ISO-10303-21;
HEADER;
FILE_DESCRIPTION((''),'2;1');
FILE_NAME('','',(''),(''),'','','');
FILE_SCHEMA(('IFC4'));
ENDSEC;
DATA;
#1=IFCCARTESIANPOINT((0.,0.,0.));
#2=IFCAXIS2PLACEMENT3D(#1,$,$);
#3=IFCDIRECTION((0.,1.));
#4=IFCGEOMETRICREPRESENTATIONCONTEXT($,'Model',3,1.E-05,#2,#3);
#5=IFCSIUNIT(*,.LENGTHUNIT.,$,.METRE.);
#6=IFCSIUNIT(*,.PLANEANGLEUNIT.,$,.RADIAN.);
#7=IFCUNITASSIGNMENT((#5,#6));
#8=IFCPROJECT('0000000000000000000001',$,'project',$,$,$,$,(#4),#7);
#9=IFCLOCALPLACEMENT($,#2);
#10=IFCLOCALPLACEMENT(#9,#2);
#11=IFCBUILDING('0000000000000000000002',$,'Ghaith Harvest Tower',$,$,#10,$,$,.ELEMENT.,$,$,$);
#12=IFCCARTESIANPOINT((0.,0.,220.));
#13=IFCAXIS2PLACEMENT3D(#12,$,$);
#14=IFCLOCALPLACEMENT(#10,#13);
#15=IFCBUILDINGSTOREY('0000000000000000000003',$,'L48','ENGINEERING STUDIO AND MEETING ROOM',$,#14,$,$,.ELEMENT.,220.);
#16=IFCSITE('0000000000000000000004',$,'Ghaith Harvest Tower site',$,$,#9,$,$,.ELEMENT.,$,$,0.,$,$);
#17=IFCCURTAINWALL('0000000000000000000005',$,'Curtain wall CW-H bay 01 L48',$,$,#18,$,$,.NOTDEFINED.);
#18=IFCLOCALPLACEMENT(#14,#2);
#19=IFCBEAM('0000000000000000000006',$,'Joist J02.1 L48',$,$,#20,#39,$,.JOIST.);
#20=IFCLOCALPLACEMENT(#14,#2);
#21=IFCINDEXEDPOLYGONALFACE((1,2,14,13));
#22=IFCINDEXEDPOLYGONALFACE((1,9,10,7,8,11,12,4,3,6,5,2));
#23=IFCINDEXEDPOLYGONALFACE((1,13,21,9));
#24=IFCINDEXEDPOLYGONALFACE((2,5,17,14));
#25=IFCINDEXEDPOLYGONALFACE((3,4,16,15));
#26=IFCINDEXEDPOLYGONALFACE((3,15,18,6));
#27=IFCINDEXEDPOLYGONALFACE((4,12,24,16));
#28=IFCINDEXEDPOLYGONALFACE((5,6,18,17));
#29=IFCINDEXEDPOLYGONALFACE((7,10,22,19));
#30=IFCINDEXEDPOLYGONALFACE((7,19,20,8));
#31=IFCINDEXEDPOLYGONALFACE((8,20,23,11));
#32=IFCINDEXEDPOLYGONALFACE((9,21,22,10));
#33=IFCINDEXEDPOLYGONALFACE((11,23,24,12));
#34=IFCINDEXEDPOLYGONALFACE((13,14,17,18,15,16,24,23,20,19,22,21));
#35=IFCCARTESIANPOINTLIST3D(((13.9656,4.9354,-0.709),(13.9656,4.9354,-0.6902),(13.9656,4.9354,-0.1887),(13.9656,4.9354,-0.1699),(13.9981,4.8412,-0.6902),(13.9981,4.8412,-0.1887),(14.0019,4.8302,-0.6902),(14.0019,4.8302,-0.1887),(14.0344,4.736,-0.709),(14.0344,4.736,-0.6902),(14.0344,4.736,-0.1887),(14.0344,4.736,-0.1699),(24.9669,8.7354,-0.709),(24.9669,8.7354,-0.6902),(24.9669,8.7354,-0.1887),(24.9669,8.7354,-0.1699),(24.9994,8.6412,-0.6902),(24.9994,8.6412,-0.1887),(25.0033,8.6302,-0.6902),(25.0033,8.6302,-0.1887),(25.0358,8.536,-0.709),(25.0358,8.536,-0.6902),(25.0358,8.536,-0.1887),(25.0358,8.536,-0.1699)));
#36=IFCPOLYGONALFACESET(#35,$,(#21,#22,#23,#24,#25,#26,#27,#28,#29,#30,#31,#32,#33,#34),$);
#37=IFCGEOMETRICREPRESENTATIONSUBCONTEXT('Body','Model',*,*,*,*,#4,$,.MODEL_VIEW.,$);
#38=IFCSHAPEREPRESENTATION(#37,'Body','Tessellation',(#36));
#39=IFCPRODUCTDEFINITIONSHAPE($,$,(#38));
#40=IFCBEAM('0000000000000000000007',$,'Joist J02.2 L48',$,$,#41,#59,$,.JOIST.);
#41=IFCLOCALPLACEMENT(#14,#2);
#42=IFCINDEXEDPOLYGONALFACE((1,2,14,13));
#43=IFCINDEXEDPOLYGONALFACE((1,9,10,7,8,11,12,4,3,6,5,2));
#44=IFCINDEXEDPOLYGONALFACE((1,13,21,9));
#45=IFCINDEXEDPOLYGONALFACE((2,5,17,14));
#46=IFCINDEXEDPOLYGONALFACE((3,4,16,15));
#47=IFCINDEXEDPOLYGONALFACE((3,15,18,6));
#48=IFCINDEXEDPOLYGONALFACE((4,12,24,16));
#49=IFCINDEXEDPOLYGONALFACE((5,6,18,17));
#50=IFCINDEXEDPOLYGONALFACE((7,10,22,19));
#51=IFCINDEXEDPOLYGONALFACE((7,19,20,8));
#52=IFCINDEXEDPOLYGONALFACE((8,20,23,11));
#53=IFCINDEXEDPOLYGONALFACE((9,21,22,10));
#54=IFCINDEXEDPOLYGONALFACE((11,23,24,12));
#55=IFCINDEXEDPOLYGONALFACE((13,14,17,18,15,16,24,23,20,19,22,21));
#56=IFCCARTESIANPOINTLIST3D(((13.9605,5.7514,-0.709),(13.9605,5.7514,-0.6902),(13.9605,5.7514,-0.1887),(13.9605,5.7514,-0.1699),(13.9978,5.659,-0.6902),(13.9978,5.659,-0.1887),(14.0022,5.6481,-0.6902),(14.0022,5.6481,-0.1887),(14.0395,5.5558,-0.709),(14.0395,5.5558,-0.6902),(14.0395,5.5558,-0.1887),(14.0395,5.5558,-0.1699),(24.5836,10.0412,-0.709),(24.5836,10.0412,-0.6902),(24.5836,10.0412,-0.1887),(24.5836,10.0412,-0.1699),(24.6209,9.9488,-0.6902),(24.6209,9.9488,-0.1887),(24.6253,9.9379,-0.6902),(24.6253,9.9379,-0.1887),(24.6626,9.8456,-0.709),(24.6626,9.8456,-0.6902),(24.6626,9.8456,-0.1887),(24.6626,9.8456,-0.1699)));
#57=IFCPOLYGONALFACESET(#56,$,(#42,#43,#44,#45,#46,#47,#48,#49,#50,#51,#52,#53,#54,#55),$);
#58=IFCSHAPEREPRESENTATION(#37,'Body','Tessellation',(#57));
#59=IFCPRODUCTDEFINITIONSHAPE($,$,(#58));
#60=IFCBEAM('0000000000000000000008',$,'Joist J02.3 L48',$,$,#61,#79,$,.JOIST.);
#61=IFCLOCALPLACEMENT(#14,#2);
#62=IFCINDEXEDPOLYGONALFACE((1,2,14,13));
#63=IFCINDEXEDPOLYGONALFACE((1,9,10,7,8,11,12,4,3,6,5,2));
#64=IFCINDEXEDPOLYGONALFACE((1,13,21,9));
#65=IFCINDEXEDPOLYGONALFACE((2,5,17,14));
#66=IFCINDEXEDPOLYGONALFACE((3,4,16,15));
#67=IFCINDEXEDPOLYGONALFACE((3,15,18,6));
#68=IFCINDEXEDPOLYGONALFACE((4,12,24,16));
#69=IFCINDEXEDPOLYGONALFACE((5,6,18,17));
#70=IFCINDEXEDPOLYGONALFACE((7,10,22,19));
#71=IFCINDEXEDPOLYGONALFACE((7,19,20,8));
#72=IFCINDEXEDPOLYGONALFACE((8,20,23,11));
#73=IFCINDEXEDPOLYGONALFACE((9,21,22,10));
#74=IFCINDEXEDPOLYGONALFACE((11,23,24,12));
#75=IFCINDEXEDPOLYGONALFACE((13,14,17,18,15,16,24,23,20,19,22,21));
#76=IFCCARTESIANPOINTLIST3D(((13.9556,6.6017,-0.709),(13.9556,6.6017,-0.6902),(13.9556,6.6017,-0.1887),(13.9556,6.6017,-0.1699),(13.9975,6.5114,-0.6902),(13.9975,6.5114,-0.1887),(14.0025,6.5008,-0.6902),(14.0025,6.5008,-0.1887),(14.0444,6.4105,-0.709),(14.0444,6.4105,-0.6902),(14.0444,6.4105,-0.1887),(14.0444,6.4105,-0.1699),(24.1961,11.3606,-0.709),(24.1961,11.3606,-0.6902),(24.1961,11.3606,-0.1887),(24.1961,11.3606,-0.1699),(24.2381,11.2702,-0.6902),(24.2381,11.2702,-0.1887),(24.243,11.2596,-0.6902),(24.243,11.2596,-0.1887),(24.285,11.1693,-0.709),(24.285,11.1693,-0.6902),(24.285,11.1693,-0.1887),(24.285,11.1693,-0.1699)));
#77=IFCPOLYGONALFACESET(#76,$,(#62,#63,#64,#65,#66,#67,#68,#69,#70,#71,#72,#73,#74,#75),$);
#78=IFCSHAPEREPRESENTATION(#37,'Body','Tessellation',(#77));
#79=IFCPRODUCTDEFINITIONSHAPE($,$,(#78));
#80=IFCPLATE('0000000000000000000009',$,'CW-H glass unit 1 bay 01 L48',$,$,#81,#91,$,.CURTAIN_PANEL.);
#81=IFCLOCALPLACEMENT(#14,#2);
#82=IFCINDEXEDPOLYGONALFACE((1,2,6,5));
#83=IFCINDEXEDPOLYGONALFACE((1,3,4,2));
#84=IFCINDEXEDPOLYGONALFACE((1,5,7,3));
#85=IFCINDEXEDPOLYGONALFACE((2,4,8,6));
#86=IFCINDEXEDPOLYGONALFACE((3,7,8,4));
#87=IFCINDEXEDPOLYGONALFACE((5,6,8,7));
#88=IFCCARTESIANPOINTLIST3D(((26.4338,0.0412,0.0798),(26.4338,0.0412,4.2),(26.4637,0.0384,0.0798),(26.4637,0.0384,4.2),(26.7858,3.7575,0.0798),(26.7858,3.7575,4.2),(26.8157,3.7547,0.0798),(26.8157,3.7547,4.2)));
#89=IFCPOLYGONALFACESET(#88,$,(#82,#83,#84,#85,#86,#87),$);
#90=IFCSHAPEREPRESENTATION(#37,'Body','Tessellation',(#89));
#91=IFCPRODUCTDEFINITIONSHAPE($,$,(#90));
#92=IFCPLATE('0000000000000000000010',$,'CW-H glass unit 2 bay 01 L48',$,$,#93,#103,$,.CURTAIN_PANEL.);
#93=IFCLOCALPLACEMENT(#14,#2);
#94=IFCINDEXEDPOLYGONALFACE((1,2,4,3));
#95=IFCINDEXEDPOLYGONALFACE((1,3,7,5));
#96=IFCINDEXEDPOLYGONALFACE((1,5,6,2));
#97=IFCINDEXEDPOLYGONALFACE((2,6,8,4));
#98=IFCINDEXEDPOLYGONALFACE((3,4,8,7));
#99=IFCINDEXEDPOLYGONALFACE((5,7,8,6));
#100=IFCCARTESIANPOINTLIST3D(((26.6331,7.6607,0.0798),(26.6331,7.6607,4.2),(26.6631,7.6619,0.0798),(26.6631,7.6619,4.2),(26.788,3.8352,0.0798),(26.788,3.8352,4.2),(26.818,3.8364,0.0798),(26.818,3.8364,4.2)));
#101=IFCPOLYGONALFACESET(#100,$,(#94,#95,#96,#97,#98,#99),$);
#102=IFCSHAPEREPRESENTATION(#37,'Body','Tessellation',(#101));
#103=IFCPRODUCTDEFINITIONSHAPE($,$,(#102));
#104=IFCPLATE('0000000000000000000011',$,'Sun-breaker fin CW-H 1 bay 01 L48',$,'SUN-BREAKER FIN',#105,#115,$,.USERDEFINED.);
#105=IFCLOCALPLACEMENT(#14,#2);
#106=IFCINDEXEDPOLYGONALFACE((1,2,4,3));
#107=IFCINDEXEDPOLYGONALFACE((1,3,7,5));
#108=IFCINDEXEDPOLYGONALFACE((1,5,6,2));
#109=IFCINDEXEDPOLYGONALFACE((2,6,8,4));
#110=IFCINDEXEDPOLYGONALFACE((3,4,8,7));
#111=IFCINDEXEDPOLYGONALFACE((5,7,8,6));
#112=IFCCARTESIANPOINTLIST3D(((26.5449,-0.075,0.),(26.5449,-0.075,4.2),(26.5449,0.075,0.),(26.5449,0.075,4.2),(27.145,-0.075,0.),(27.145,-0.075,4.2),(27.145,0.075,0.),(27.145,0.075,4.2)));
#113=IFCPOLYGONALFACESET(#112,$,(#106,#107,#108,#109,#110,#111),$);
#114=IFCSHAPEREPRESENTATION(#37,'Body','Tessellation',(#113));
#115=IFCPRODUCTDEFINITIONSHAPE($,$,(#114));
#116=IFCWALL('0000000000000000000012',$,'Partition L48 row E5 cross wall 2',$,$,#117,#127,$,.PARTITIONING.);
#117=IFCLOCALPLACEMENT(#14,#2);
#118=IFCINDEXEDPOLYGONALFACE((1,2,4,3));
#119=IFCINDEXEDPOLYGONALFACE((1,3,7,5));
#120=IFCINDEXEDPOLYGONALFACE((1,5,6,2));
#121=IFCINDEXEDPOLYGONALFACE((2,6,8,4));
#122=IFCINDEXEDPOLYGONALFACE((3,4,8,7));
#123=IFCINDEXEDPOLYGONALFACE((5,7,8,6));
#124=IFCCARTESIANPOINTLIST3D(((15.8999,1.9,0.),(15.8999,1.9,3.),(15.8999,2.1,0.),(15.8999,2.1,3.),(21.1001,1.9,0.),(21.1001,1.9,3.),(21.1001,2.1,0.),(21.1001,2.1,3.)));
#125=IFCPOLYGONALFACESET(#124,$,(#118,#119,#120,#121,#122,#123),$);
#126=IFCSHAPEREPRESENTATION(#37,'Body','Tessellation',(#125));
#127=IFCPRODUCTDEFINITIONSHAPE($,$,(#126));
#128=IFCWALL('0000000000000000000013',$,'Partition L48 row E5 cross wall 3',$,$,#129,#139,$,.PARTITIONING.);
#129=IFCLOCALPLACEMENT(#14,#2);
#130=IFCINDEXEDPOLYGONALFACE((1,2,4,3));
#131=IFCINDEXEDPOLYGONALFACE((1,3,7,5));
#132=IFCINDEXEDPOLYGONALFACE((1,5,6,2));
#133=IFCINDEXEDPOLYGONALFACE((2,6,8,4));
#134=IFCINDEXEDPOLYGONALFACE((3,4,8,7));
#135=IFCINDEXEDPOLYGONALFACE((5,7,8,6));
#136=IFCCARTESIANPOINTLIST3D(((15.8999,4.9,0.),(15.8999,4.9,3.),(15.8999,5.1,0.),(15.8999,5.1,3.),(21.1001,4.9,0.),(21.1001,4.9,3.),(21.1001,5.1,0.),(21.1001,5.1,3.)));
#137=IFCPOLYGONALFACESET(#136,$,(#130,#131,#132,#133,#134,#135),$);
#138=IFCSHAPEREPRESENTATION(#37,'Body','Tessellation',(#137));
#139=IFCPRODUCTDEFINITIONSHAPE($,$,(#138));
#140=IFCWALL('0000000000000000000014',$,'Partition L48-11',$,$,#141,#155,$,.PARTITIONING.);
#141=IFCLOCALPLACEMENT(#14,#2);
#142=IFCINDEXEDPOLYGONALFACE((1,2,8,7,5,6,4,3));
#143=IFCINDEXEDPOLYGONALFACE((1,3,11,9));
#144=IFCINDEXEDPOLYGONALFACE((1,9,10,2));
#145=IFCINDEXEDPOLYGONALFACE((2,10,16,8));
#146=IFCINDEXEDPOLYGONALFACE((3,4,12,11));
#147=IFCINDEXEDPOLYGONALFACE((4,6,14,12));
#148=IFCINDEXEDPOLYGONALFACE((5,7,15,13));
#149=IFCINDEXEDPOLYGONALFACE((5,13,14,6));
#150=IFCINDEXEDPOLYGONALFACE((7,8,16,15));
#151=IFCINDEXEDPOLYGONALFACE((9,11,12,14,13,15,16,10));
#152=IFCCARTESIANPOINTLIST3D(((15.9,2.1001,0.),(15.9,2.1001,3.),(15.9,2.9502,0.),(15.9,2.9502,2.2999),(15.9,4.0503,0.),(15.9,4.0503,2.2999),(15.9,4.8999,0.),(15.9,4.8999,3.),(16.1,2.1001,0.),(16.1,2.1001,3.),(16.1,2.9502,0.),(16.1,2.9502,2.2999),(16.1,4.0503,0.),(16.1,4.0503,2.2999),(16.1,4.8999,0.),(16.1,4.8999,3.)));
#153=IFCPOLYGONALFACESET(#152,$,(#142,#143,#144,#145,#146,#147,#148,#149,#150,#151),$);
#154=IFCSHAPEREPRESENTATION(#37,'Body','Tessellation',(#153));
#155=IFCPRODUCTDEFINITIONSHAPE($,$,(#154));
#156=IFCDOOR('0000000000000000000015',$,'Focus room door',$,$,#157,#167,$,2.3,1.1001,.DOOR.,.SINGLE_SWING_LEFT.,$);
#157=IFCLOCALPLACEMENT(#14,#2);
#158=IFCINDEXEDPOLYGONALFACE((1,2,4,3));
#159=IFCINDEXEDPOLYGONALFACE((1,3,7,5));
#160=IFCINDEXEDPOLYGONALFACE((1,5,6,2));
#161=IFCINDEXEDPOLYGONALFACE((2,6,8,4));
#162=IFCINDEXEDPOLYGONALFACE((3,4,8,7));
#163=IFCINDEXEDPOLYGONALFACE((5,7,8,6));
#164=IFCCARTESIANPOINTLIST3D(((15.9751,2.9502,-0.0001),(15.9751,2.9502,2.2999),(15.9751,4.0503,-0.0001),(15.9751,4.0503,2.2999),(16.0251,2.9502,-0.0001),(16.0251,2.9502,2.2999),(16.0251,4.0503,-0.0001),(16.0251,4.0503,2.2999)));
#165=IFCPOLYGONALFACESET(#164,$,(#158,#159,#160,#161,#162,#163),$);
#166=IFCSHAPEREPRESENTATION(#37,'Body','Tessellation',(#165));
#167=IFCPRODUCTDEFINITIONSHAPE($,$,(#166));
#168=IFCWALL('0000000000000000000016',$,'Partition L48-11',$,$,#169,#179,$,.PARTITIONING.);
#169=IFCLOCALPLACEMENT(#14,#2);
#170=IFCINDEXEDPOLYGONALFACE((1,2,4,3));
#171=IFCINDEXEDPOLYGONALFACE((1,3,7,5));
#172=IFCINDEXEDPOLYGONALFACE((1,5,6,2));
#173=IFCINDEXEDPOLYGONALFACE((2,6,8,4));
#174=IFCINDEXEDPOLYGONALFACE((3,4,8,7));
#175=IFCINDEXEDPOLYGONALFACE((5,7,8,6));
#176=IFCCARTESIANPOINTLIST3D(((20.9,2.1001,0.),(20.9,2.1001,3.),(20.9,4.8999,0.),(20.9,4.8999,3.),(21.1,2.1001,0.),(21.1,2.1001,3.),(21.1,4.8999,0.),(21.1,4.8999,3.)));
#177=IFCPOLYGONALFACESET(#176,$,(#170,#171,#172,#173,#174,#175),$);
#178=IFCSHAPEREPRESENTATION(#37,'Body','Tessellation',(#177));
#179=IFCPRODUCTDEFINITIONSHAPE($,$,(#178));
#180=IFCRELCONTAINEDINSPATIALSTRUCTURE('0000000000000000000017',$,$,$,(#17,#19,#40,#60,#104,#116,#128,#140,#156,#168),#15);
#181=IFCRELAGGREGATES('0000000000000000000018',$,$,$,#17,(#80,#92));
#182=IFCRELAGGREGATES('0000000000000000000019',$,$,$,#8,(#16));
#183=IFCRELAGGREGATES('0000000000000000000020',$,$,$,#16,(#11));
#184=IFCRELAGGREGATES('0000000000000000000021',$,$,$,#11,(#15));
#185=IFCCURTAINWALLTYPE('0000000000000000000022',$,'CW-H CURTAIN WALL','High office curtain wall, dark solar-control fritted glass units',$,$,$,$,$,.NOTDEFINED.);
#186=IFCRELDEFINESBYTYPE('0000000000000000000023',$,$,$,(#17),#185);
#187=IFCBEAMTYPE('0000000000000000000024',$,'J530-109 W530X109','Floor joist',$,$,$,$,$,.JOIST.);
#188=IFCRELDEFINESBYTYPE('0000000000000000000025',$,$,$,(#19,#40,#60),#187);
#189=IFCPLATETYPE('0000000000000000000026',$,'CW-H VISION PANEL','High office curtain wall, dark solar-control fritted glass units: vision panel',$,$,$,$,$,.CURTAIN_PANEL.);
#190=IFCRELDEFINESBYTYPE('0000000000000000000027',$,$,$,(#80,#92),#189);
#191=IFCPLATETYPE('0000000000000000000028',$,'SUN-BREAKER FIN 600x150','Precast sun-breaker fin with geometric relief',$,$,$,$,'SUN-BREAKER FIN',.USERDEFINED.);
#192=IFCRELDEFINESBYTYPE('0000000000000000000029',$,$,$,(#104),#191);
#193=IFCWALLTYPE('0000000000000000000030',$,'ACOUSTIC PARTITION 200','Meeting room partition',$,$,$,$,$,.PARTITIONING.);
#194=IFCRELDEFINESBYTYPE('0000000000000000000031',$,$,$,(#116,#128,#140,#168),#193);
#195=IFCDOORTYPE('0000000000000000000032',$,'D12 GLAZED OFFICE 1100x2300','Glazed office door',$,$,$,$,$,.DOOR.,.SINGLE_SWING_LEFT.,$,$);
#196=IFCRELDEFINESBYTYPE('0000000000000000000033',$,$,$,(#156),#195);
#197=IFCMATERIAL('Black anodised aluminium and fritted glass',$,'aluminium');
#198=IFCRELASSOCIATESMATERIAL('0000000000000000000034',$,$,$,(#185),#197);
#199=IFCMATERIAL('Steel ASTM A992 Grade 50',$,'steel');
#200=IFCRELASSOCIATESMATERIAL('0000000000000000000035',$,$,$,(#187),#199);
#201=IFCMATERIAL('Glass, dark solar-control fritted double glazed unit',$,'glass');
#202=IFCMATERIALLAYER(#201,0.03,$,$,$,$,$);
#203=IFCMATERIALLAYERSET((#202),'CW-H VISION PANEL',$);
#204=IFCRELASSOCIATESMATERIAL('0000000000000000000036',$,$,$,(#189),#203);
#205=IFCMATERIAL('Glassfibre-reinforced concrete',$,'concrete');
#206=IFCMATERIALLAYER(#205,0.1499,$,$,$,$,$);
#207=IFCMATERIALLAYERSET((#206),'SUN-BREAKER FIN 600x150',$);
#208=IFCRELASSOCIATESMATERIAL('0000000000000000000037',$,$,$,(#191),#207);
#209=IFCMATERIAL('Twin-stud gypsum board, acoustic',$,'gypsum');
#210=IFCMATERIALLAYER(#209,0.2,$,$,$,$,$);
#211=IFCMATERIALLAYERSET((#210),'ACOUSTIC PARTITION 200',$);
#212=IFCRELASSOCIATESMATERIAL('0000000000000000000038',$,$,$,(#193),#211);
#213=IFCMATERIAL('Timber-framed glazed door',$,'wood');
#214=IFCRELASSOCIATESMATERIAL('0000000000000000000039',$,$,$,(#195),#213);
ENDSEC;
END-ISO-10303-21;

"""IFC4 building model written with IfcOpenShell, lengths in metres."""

from ifc_helpers import new_model, si_unit, direction, frame, frame_2d, origin, origin_2d, place, context, subcontext, project, spatial, rectangle, i_section, extrude, material, layer, layer_set, material_profile, profile_set, type_object, element, fill, aggregate, save


model = new_model("IFC4")

# Units and contexts
model_context = context("Model", 3, precision=1e-05, world=origin(), true_north=direction((0.0, 1.0)))
body_context = subcontext(model_context, "Body", "Model", "MODEL_VIEW")
ifc_project = project(units=[si_unit("LENGTHUNIT", "METRE"), si_unit("PLANEANGLEUNIT", "RADIAN")], contexts=[model_context])

# Site, building, storey
site_placement = place(None, origin())
site = spatial("IfcSite", under=ifc_project, at=site_placement, Name="Ghaith Harvest Tower site", CompositionType="ELEMENT", RefElevation=0.0)
building_placement = place(site_placement, origin())
building = spatial("IfcBuilding", under=site, at=building_placement, Name="Ghaith Harvest Tower", CompositionType="ELEMENT")
storey_placement = place(building_placement, frame((0.0, 0.0, 220.0)))
storey = spatial("IfcBuildingStorey", under=building, at=storey_placement, Name="L48", Description="ENGINEERING STUDIO AND MEETING ROOM", CompositionType="ELEMENT", Elevation=220.0)

# Curtain wall
ifc_material_1 = material(Name="Black anodised aluminium and fritted glass", Category="aluminium")
curtain_wall_type = type_object("IfcCurtainWallType", Name="CW-H CURTAIN WALL", Description="High office curtain wall, dark solar-control fritted glass units", PredefinedType="NOTDEFINED", material=ifc_material_1)
curtain_wall_1_placement = place(storey_placement, origin())
curtain_wall_1 = element("IfcCurtainWall", 1, at=curtain_wall_1_placement, inside=storey, type_object=curtain_wall_type, Name="Curtain wall CW-H bay 01 L48", PredefinedType="NOTDEFINED")

# Beams
ifc_material_2 = material(Name="Steel ASTM A992 Grade 50", Category="steel")
ifc_material_profile_1 = material_profile(ifc_material_2, i_section(OverallWidth=0.2109, OverallDepth=0.5391, WebThickness=0.0117, FlangeThickness=0.0188, at=origin_2d()), Name="W530X109")
ifc_profile_set_1 = profile_set([ifc_material_profile_1], Name="Steel ASTM A992 Grade 50")
beam_type_1 = type_object("IfcBeamType", Name="J530-109 W530X109", Description="Floor joist", PredefinedType="JOIST", material=ifc_profile_set_1)
beam_1_placement = place(storey_placement, frame((14.0, 4.8357, -0.4395), z_axis=(0.945202, 0.326485, 0.0), x_axis=(-0.326485, 0.945202, 0.0)))
element("IfcBeam", 2, at=beam_1_placement, inside=storey, type_object=beam_type_1, Name="Joist J02.1 L48", PredefinedType="JOIST", context=body_context, shape_type="SweptSolid", body=[
    extrude(i_section(OverallWidth=0.2109, OverallDepth=0.5391, WebThickness=0.0117, FlangeThickness=0.0188, at=origin_2d()), origin(), (0.0, 0.0, 1.0), 11.6392),
])
beam_2_placement = place(storey_placement, frame((14.0, 5.6536, -0.4395), z_axis=(0.92725, 0.374442, 0.0), x_axis=(-0.374442, 0.92725, 0.0)))
element("IfcBeam", 3, at=beam_2_placement, inside=storey, type_object=beam_type_1, Name="Joist J02.2 L48", PredefinedType="JOIST", context=body_context, shape_type="SweptSolid", body=[
    extrude(i_section(OverallWidth=0.2109, OverallDepth=0.5391, WebThickness=0.0117, FlangeThickness=0.0188, at=origin_2d()), origin(), (0.0, 0.0, 1.0), 11.4565),
])
beam_3_placement = place(storey_placement, frame((14.0, 6.5061, -0.4395), z_axis=(0.906864, 0.421423, 0.0), x_axis=(-0.421423, 0.906864, 0.0)))
element("IfcBeam", 4, at=beam_3_placement, inside=storey, type_object=beam_type_1, Name="Joist J02.3 L48", PredefinedType="JOIST", context=body_context, shape_type="SweptSolid", body=[
    extrude(i_section(OverallWidth=0.2109, OverallDepth=0.5391, WebThickness=0.0117, FlangeThickness=0.0188, at=origin_2d()), origin(), (0.0, 0.0, 1.0), 11.2922),
])

# Plates
ifc_material_3 = material(Name="Glass, dark solar-control fritted double glazed unit", Category="glass")
ifc_layer_1 = layer(ifc_material_3, 0.03)
ifc_layer_set_1 = layer_set([ifc_layer_1], Name="CW-H VISION PANEL")
plate_type_1 = type_object("IfcPlateType", Name="CW-H VISION PANEL", Description="High office curtain wall, dark solar-control fritted glass units: vision panel", PredefinedType="CURTAIN_PANEL", material=ifc_layer_set_1)
plate_1_placement = place(storey_placement, frame((26.6248, 1.8979, 0.0798), z_axis=(0.0, 0.0, 1.0), x_axis=(0.094302, 0.995544, 0.0)))
plate_1 = element("IfcPlate", 5, at=plate_1_placement, type_object=plate_type_1, Name="CW-H glass unit 1 bay 01 L48", PredefinedType="CURTAIN_PANEL", context=body_context, shape_type="SweptSolid", body=[
    extrude(rectangle(XDim=3.7329, YDim=0.03, at=origin_2d()), origin(), (0.0, 0.0, 1.0), 4.1201),
])
plate_2_placement = place(storey_placement, frame((26.7256, 5.7485, 0.0798), z_axis=(0.0, 0.0, 1.0), x_axis=(-0.040462, 0.999181, 0.0)))
plate_2 = element("IfcPlate", 6, at=plate_2_placement, type_object=plate_type_1, Name="CW-H glass unit 2 bay 01 L48", PredefinedType="CURTAIN_PANEL", context=body_context, shape_type="SweptSolid", body=[
    extrude(rectangle(XDim=3.8286, YDim=0.03, at=origin_2d()), origin(), (0.0, 0.0, 1.0), 4.1201),
])
aggregate(curtain_wall_1, [plate_1, plate_2])
ifc_material_4 = material(Name="Glassfibre-reinforced concrete", Category="concrete")
ifc_layer_2 = layer(ifc_material_4, 0.1499)
ifc_layer_set_2 = layer_set([ifc_layer_2], Name="SUN-BREAKER FIN 600x150")
plate_type_2 = type_object("IfcPlateType", Name="SUN-BREAKER FIN 600x150", Description="Precast sun-breaker fin with geometric relief", ElementType="SUN-BREAKER FIN", PredefinedType="USERDEFINED", material=ifc_layer_set_2)
plate_3_placement = place(storey_placement, frame((26.845, 0.0, 0.0), z_axis=(0.0, 0.0, 1.0), x_axis=(1.0, 0.0, 0.0)))
element("IfcPlate", 7, at=plate_3_placement, inside=storey, type_object=plate_type_2, Name="Sun-breaker fin CW-H 1 bay 01 L48", ObjectType="SUN-BREAKER FIN", PredefinedType="USERDEFINED", context=body_context, shape_type="SweptSolid", body=[
    extrude(rectangle(XDim=0.6001, YDim=0.1499, at=origin_2d()), origin(), (0.0, 0.0, 1.0), 4.2),
])

# Walls
ifc_material_5 = material(Name="Twin-stud gypsum board, acoustic", Category="gypsum")
ifc_layer_3 = layer(ifc_material_5, 0.2)
ifc_layer_set_3 = layer_set([ifc_layer_3], Name="ACOUSTIC PARTITION 200")
wall_type_1 = type_object("IfcWallType", Name="ACOUSTIC PARTITION 200", Description="Meeting room partition", PredefinedType="PARTITIONING", material=ifc_layer_set_3)
for number, where, z_axis, x_axis, name in (
    (8, (15.8999, 2.0, 0.0), (0.0, 0.0, 1.0), (1.0, 0.0, 0.0), "Partition L48 row E5 cross wall 2"),
    (9, (15.8999, 5.0, 0.0), (0.0, 0.0, 1.0), (1.0, 0.0, 0.0), "Partition L48 row E5 cross wall 3"),
):
    element("IfcWall", number, at=place(storey_placement, frame(where, z_axis=z_axis, x_axis=x_axis)), inside=storey, type_object=wall_type_1, Name=name, PredefinedType="PARTITIONING", context=body_context, shape_type="SweptSolid", body=[
        extrude(rectangle(XDim=5.2002, YDim=0.2, at=frame_2d((2.6001, 0.0))), origin(), (0.0, 0.0, 1.0), 3.0),
    ])

# Wall, opening, door
wall_1_placement = place(storey_placement, frame((16.0, 2.1001, 0.0), z_axis=(0.0, 0.0, 1.0), x_axis=(0.0, 1.0, 0.0)))
wall_1 = element("IfcWall", 10, at=wall_1_placement, inside=storey, type_object=wall_type_1, Name="Partition L48-11", PredefinedType="PARTITIONING", context=body_context, shape_type="SweptSolid", body=[
    extrude(rectangle(XDim=2.7998, YDim=0.2, at=frame_2d((1.3999, 0.0))), origin(), (0.0, 0.0, 1.0), 3.0),
])
opening_1_placement = place(wall_1_placement, frame((0.8501, 0.0, 0.0)))
opening_1 = element("IfcOpeningElement", 11, at=opening_1_placement, cuts=wall_1, PredefinedType="OPENING", context=body_context, shape_type="SweptSolid", body=[
    extrude(rectangle(XDim=1.1001, YDim=2.3, at=frame_2d((0.55, 1.1499))), frame((0.0, 0.1099, 0.0), z_axis=(0.0, -1.0, 0.0), x_axis=(1.0, 0.0, 0.0)), (0.0, 0.0, 1.0), 0.22),
])
ifc_material_6 = material(Name="Timber-framed glazed door", Category="wood")
door_type_1 = type_object("IfcDoorType", Name="D12 GLAZED OFFICE 1100x2300", Description="Glazed office door", OperationType="SINGLE_SWING_LEFT", PredefinedType="DOOR", material=ifc_material_6)
door_1_placement = place(opening_1_placement, origin())
door_1 = element("IfcDoor", 12, at=door_1_placement, inside=storey, type_object=door_type_1, Name="Focus room door", OperationType="SINGLE_SWING_LEFT", OverallHeight=2.3, OverallWidth=1.1001, PredefinedType="DOOR", context=body_context, shape_type="SweptSolid", body=[
    extrude(rectangle(XDim=1.1001, YDim=2.3, at=frame_2d((0.55, 1.1499))), frame((0.0, 0.0249, 0.0), z_axis=(0.0, -1.0, 0.0), x_axis=(1.0, 0.0, 0.0)), (0.0, 0.0, 1.0), 0.05),
])
fill(opening_1, door_1)

# Wall
wall_2_placement = place(storey_placement, frame((21.0, 2.1001, 0.0), z_axis=(0.0, 0.0, 1.0), x_axis=(0.0, 1.0, 0.0)))
element("IfcWall", 13, at=wall_2_placement, inside=storey, type_object=wall_type_1, Name="Partition L48-11", PredefinedType="PARTITIONING", context=body_context, shape_type="SweptSolid", body=[
    extrude(rectangle(XDim=2.7998, YDim=0.2, at=frame_2d((1.3999, 0.0))), origin(), (0.0, 0.0, 1.0), 3.0),
])

save(model, "model.ifc")
